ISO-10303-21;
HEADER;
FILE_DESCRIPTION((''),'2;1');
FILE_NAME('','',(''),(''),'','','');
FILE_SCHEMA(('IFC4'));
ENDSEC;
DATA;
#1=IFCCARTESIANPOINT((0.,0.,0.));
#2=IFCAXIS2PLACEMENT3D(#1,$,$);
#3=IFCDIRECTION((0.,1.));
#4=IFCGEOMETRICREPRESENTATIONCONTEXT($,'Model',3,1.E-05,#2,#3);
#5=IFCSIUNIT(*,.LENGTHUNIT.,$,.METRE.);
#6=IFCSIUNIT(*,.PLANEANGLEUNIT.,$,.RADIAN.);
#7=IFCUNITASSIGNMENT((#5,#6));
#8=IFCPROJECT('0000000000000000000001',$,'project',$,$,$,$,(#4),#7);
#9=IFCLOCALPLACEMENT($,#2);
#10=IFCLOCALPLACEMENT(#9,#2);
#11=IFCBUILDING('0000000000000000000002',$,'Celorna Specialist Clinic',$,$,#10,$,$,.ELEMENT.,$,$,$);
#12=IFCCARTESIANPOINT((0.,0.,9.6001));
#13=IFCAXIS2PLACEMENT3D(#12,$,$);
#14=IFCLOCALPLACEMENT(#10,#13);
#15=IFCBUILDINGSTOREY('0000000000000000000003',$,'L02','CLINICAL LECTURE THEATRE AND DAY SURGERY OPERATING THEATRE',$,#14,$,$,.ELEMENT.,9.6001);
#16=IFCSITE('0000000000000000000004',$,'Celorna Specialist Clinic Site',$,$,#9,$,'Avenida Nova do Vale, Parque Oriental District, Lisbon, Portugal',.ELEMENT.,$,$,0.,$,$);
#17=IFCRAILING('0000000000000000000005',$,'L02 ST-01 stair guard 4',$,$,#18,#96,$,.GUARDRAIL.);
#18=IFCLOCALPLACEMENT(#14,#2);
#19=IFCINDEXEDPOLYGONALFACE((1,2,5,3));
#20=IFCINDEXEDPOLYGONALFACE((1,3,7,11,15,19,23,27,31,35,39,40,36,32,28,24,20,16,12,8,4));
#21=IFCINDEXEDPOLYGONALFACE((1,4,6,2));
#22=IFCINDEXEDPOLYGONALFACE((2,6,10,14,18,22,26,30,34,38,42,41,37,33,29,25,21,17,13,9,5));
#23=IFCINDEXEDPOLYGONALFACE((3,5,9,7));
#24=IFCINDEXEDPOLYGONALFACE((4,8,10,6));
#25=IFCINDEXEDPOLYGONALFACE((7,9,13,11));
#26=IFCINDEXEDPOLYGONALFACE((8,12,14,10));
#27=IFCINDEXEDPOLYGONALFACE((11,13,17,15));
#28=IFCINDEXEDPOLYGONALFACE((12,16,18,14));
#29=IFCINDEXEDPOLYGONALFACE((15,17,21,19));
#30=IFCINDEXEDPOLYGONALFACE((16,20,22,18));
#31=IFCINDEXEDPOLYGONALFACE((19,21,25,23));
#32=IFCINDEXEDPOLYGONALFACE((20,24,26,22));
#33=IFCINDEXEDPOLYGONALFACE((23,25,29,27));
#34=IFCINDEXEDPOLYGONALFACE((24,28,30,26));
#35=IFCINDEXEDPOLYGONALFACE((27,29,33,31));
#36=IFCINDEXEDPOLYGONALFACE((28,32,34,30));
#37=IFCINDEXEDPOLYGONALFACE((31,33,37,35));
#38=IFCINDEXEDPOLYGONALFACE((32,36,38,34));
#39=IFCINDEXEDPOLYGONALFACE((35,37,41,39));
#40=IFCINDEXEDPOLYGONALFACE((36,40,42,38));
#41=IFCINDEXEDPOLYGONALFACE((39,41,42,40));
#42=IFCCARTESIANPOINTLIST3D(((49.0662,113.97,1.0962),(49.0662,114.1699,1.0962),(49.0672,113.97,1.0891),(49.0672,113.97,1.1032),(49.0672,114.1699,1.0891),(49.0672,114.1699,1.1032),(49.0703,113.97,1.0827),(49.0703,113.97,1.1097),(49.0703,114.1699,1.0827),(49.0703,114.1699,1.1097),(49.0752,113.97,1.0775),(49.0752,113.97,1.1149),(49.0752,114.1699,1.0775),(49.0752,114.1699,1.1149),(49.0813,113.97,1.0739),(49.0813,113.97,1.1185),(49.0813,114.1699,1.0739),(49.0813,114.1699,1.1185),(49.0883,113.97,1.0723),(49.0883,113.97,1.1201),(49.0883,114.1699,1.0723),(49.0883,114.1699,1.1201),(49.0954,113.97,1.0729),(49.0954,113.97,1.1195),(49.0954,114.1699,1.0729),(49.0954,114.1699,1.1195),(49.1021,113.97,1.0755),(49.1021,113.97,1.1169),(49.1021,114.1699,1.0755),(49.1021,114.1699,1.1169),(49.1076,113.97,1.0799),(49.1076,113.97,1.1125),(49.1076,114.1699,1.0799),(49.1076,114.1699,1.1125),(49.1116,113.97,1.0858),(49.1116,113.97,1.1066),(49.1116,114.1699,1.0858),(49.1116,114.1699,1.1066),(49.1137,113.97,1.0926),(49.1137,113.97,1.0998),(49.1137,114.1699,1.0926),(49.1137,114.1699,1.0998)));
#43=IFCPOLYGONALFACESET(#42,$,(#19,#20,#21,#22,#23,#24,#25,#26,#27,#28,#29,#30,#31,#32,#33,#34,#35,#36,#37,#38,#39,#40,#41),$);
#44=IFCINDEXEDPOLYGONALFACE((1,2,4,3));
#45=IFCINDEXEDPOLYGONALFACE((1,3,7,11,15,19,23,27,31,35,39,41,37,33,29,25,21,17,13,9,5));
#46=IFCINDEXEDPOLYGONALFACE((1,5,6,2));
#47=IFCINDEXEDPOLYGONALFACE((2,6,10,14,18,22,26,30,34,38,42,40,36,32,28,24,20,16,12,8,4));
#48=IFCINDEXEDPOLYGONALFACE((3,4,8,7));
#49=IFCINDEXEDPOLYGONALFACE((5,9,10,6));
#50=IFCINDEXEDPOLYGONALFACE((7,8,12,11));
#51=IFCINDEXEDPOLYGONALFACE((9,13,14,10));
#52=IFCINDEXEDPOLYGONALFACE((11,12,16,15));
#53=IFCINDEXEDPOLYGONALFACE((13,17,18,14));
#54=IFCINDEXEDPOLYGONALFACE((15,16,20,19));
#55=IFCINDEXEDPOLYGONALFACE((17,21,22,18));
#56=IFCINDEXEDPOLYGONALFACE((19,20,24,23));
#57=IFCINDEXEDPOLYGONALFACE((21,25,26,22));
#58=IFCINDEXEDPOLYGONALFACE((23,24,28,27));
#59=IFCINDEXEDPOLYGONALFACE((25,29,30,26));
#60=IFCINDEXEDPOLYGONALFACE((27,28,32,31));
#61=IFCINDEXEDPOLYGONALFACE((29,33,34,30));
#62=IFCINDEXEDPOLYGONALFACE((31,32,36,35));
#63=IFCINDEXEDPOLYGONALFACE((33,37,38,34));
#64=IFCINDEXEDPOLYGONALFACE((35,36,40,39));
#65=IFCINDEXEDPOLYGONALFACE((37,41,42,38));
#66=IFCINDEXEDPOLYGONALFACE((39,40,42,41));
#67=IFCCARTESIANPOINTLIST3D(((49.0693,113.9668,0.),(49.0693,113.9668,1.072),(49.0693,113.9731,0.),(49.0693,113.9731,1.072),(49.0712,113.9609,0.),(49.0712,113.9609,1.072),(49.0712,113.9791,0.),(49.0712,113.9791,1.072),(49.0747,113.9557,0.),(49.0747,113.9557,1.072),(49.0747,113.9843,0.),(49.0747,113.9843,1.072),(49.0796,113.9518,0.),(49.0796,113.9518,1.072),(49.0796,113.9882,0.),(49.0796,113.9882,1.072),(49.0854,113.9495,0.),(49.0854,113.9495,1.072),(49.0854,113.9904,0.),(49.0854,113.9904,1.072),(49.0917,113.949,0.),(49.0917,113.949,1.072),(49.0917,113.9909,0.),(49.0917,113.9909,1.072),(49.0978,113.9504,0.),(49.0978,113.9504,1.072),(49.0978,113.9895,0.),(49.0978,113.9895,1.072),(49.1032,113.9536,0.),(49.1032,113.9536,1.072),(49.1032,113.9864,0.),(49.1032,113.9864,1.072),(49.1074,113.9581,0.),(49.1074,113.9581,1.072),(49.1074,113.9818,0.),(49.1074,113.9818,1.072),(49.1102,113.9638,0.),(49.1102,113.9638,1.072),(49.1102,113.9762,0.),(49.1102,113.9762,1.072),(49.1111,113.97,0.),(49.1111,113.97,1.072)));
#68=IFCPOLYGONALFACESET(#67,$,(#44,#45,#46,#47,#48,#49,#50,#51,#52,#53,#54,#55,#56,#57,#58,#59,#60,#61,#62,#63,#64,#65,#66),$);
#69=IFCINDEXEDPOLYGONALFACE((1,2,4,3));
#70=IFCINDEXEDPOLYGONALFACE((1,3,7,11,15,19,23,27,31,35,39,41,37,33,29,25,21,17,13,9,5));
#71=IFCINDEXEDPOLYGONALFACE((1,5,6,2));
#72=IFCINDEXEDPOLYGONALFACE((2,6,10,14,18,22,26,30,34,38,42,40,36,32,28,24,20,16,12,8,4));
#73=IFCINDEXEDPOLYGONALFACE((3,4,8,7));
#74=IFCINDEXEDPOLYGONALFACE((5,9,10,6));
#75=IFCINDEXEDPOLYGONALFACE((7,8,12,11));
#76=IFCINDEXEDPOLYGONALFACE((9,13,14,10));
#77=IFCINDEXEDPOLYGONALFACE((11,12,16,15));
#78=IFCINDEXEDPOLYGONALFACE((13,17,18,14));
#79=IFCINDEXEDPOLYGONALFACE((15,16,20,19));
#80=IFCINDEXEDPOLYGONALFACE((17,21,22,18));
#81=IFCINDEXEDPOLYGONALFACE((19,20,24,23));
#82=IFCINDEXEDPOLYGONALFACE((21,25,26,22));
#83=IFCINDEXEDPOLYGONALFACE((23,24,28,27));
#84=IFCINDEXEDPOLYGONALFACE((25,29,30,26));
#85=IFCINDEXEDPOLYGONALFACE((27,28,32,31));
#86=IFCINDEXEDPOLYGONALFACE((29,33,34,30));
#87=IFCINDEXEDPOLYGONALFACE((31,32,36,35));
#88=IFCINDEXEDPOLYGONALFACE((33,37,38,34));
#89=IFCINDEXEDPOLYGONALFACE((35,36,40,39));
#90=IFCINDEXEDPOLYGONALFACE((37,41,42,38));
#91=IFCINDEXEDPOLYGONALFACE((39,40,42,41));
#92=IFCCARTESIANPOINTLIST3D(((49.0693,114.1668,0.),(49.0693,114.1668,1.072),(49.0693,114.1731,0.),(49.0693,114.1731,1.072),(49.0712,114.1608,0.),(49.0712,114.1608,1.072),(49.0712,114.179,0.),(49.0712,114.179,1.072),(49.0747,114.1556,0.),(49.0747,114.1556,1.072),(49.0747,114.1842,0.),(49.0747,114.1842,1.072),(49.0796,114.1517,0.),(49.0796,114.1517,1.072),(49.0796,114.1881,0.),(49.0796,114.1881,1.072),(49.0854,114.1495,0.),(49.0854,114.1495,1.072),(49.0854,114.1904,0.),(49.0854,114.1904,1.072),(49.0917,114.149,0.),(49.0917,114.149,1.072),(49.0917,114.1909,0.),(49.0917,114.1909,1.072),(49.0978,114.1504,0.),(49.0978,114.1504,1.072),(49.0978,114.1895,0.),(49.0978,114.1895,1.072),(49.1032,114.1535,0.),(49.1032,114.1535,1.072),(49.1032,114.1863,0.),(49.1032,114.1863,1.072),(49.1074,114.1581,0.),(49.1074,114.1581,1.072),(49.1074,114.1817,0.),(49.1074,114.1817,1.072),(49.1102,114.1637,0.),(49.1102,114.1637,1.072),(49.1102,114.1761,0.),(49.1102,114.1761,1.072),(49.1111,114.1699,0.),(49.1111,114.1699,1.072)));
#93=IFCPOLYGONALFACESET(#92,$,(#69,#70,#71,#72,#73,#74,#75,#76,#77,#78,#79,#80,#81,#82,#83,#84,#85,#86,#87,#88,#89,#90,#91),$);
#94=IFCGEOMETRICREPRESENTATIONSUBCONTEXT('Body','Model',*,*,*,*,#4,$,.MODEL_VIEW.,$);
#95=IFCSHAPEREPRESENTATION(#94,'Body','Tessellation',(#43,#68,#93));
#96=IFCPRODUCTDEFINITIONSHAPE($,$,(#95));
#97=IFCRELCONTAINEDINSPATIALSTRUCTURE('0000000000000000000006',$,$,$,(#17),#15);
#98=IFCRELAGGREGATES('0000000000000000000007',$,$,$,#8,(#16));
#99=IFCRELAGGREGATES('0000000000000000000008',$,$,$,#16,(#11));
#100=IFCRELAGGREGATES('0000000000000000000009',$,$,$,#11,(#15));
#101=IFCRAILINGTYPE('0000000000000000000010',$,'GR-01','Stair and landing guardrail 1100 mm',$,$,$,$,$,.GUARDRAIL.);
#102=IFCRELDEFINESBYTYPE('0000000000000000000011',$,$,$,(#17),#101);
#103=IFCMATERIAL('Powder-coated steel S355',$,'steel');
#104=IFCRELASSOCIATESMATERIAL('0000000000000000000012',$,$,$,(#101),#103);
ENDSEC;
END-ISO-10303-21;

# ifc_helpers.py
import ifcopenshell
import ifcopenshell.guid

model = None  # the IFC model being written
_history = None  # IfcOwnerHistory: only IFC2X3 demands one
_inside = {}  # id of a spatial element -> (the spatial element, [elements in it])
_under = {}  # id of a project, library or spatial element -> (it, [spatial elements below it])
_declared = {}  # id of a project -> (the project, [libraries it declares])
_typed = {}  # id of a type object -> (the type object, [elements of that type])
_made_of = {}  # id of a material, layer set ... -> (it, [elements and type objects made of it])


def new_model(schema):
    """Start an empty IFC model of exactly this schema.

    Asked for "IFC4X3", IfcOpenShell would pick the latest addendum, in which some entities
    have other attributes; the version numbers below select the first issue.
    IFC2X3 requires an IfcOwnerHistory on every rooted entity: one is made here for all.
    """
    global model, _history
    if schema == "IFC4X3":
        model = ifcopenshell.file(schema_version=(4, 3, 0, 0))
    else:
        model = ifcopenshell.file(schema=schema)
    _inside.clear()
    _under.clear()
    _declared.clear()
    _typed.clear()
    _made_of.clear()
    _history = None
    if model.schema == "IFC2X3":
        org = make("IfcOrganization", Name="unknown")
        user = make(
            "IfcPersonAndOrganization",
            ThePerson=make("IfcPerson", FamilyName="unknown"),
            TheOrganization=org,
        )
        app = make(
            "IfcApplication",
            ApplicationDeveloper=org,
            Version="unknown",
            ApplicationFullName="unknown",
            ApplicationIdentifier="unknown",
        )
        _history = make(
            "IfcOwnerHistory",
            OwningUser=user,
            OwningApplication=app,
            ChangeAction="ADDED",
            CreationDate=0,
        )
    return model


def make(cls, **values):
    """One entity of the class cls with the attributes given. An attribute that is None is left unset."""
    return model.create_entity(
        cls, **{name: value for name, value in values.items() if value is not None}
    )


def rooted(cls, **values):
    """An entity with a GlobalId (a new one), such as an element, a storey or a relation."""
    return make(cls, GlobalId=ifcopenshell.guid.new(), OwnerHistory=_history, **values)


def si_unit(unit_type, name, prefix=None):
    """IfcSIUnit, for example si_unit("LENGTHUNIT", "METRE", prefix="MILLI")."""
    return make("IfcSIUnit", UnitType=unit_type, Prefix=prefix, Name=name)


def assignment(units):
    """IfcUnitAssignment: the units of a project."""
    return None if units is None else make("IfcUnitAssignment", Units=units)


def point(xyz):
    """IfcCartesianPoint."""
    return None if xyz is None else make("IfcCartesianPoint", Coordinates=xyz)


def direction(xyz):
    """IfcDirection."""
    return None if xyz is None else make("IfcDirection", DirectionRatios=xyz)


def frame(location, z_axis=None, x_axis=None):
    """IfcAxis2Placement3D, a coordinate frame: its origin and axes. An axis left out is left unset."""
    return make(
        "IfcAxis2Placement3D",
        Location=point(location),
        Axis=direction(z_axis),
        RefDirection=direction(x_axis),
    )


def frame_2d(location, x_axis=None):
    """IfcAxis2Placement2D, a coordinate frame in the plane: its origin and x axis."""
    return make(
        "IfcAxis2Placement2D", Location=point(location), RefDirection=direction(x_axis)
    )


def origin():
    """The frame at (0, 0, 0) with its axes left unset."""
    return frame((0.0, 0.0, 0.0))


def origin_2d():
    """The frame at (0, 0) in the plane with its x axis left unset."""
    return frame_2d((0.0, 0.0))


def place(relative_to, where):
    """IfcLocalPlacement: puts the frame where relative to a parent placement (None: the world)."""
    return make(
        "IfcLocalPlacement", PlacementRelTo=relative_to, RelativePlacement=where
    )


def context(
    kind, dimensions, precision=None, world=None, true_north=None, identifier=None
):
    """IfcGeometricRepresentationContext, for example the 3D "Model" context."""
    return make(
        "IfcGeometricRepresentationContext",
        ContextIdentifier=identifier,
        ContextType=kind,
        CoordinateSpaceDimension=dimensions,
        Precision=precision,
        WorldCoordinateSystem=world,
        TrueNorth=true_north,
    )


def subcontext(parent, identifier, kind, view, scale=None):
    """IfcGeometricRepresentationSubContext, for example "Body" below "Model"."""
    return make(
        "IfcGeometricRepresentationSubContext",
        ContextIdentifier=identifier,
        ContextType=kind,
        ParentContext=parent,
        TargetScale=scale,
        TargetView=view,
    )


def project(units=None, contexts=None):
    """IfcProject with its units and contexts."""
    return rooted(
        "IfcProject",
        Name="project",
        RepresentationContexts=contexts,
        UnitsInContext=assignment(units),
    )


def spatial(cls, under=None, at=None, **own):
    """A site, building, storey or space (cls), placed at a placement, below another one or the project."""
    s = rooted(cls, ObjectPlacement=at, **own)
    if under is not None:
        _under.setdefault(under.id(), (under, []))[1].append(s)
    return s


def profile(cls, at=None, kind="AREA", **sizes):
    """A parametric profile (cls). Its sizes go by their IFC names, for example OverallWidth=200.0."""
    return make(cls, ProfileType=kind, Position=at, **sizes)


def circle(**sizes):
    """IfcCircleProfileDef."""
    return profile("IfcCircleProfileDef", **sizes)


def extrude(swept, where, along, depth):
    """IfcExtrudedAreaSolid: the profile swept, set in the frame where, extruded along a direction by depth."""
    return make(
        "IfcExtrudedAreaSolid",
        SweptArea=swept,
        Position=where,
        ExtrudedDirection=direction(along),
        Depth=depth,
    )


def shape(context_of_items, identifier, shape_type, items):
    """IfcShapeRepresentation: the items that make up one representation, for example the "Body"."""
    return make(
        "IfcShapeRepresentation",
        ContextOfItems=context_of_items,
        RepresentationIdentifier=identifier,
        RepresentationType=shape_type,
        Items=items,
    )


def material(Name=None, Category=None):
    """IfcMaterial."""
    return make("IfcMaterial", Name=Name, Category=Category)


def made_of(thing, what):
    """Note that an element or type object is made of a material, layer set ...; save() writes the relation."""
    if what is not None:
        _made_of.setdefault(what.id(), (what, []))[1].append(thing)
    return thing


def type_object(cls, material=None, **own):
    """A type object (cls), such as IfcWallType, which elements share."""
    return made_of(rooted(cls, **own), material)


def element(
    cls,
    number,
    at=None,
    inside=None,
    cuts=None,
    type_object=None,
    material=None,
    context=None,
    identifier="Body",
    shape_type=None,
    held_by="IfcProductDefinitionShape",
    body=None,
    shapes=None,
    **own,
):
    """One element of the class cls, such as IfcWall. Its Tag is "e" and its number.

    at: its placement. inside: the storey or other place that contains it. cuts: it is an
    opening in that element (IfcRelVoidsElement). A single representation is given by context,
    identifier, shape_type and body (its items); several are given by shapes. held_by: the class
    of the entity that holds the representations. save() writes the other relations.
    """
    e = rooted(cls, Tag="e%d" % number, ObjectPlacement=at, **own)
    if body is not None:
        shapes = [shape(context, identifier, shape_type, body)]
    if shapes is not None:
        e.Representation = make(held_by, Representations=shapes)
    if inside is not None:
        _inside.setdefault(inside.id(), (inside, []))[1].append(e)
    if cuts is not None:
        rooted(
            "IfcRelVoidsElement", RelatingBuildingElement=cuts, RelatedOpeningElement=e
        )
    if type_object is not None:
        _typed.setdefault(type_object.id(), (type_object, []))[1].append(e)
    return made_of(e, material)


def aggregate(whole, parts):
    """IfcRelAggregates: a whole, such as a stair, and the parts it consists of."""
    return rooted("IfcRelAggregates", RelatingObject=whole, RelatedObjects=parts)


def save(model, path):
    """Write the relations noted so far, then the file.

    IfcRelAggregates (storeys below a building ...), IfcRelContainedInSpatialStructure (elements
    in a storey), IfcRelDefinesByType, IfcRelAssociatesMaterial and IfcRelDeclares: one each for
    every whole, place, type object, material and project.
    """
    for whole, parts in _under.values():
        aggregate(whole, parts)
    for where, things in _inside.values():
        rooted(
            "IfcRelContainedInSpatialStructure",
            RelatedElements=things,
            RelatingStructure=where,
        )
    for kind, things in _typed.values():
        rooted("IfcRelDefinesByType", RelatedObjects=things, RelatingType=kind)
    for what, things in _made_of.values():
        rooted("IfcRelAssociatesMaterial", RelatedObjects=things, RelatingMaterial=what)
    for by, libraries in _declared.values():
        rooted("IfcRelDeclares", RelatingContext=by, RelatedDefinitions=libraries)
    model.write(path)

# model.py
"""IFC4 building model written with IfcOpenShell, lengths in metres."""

from ifc_helpers import new_model, si_unit, direction, frame, origin, origin_2d, place, context, subcontext, project, spatial, circle, extrude, material, type_object, element, save


model = new_model("IFC4")

# Units and contexts
model_context = context("Model", 3, precision=1e-05, world=origin(), true_north=direction((0.0, 1.0)))
body_context = subcontext(model_context, "Body", "Model", "MODEL_VIEW")
ifc_project = project(units=[si_unit("LENGTHUNIT", "METRE"), si_unit("PLANEANGLEUNIT", "RADIAN")], contexts=[model_context])

# Site, building, storey
site_placement = place(None, origin())
site = spatial("IfcSite", under=ifc_project, at=site_placement, Name="Celorna Specialist Clinic Site", LongName="Avenida Nova do Vale, Parque Oriental District, Lisbon, Portugal", CompositionType="ELEMENT", RefElevation=0.0)
building_placement = place(site_placement, origin())
building = spatial("IfcBuilding", under=site, at=building_placement, Name="Celorna Specialist Clinic", CompositionType="ELEMENT")
storey_placement = place(building_placement, frame((0.0, 0.0, 9.6001)))
storey = spatial("IfcBuildingStorey", under=building, at=storey_placement, Name="L02", Description="CLINICAL LECTURE THEATRE AND DAY SURGERY OPERATING THEATRE", CompositionType="ELEMENT", Elevation=9.6001)

# Railing
ifc_material_1 = material(Name="Powder-coated steel S355", Category="steel")
railing_type_1 = type_object("IfcRailingType", Name="GR-01", Description="Stair and landing guardrail 1100 mm", PredefinedType="GUARDRAIL", material=ifc_material_1)
railing_1_placement = place(storey_placement, frame((49.0901, 113.97, 0.0)))
element("IfcRailing", 1, at=railing_1_placement, inside=storey, type_object=railing_type_1, Name="L02 ST-01 stair guard 4", PredefinedType="GUARDRAIL", context=body_context, shape_type="SweptSolid", body=[
    extrude(circle(Radius=0.0239, at=origin_2d()), frame((0.0, 0.0, 1.0962), z_axis=(0.0, 1.0, 0.0), x_axis=(-1.0, 0.0, 0.0)), (0.0, 0.0, 1.0), 0.2),
    extrude(circle(Radius=0.021, at=origin_2d()), origin(), (0.0, 0.0, 1.0), 1.072),
    extrude(circle(Radius=0.021, at=origin_2d()), frame((0.0, 0.2, 0.0)), (0.0, 0.0, 1.0), 1.072),
])

save(model, "model.ifc")
